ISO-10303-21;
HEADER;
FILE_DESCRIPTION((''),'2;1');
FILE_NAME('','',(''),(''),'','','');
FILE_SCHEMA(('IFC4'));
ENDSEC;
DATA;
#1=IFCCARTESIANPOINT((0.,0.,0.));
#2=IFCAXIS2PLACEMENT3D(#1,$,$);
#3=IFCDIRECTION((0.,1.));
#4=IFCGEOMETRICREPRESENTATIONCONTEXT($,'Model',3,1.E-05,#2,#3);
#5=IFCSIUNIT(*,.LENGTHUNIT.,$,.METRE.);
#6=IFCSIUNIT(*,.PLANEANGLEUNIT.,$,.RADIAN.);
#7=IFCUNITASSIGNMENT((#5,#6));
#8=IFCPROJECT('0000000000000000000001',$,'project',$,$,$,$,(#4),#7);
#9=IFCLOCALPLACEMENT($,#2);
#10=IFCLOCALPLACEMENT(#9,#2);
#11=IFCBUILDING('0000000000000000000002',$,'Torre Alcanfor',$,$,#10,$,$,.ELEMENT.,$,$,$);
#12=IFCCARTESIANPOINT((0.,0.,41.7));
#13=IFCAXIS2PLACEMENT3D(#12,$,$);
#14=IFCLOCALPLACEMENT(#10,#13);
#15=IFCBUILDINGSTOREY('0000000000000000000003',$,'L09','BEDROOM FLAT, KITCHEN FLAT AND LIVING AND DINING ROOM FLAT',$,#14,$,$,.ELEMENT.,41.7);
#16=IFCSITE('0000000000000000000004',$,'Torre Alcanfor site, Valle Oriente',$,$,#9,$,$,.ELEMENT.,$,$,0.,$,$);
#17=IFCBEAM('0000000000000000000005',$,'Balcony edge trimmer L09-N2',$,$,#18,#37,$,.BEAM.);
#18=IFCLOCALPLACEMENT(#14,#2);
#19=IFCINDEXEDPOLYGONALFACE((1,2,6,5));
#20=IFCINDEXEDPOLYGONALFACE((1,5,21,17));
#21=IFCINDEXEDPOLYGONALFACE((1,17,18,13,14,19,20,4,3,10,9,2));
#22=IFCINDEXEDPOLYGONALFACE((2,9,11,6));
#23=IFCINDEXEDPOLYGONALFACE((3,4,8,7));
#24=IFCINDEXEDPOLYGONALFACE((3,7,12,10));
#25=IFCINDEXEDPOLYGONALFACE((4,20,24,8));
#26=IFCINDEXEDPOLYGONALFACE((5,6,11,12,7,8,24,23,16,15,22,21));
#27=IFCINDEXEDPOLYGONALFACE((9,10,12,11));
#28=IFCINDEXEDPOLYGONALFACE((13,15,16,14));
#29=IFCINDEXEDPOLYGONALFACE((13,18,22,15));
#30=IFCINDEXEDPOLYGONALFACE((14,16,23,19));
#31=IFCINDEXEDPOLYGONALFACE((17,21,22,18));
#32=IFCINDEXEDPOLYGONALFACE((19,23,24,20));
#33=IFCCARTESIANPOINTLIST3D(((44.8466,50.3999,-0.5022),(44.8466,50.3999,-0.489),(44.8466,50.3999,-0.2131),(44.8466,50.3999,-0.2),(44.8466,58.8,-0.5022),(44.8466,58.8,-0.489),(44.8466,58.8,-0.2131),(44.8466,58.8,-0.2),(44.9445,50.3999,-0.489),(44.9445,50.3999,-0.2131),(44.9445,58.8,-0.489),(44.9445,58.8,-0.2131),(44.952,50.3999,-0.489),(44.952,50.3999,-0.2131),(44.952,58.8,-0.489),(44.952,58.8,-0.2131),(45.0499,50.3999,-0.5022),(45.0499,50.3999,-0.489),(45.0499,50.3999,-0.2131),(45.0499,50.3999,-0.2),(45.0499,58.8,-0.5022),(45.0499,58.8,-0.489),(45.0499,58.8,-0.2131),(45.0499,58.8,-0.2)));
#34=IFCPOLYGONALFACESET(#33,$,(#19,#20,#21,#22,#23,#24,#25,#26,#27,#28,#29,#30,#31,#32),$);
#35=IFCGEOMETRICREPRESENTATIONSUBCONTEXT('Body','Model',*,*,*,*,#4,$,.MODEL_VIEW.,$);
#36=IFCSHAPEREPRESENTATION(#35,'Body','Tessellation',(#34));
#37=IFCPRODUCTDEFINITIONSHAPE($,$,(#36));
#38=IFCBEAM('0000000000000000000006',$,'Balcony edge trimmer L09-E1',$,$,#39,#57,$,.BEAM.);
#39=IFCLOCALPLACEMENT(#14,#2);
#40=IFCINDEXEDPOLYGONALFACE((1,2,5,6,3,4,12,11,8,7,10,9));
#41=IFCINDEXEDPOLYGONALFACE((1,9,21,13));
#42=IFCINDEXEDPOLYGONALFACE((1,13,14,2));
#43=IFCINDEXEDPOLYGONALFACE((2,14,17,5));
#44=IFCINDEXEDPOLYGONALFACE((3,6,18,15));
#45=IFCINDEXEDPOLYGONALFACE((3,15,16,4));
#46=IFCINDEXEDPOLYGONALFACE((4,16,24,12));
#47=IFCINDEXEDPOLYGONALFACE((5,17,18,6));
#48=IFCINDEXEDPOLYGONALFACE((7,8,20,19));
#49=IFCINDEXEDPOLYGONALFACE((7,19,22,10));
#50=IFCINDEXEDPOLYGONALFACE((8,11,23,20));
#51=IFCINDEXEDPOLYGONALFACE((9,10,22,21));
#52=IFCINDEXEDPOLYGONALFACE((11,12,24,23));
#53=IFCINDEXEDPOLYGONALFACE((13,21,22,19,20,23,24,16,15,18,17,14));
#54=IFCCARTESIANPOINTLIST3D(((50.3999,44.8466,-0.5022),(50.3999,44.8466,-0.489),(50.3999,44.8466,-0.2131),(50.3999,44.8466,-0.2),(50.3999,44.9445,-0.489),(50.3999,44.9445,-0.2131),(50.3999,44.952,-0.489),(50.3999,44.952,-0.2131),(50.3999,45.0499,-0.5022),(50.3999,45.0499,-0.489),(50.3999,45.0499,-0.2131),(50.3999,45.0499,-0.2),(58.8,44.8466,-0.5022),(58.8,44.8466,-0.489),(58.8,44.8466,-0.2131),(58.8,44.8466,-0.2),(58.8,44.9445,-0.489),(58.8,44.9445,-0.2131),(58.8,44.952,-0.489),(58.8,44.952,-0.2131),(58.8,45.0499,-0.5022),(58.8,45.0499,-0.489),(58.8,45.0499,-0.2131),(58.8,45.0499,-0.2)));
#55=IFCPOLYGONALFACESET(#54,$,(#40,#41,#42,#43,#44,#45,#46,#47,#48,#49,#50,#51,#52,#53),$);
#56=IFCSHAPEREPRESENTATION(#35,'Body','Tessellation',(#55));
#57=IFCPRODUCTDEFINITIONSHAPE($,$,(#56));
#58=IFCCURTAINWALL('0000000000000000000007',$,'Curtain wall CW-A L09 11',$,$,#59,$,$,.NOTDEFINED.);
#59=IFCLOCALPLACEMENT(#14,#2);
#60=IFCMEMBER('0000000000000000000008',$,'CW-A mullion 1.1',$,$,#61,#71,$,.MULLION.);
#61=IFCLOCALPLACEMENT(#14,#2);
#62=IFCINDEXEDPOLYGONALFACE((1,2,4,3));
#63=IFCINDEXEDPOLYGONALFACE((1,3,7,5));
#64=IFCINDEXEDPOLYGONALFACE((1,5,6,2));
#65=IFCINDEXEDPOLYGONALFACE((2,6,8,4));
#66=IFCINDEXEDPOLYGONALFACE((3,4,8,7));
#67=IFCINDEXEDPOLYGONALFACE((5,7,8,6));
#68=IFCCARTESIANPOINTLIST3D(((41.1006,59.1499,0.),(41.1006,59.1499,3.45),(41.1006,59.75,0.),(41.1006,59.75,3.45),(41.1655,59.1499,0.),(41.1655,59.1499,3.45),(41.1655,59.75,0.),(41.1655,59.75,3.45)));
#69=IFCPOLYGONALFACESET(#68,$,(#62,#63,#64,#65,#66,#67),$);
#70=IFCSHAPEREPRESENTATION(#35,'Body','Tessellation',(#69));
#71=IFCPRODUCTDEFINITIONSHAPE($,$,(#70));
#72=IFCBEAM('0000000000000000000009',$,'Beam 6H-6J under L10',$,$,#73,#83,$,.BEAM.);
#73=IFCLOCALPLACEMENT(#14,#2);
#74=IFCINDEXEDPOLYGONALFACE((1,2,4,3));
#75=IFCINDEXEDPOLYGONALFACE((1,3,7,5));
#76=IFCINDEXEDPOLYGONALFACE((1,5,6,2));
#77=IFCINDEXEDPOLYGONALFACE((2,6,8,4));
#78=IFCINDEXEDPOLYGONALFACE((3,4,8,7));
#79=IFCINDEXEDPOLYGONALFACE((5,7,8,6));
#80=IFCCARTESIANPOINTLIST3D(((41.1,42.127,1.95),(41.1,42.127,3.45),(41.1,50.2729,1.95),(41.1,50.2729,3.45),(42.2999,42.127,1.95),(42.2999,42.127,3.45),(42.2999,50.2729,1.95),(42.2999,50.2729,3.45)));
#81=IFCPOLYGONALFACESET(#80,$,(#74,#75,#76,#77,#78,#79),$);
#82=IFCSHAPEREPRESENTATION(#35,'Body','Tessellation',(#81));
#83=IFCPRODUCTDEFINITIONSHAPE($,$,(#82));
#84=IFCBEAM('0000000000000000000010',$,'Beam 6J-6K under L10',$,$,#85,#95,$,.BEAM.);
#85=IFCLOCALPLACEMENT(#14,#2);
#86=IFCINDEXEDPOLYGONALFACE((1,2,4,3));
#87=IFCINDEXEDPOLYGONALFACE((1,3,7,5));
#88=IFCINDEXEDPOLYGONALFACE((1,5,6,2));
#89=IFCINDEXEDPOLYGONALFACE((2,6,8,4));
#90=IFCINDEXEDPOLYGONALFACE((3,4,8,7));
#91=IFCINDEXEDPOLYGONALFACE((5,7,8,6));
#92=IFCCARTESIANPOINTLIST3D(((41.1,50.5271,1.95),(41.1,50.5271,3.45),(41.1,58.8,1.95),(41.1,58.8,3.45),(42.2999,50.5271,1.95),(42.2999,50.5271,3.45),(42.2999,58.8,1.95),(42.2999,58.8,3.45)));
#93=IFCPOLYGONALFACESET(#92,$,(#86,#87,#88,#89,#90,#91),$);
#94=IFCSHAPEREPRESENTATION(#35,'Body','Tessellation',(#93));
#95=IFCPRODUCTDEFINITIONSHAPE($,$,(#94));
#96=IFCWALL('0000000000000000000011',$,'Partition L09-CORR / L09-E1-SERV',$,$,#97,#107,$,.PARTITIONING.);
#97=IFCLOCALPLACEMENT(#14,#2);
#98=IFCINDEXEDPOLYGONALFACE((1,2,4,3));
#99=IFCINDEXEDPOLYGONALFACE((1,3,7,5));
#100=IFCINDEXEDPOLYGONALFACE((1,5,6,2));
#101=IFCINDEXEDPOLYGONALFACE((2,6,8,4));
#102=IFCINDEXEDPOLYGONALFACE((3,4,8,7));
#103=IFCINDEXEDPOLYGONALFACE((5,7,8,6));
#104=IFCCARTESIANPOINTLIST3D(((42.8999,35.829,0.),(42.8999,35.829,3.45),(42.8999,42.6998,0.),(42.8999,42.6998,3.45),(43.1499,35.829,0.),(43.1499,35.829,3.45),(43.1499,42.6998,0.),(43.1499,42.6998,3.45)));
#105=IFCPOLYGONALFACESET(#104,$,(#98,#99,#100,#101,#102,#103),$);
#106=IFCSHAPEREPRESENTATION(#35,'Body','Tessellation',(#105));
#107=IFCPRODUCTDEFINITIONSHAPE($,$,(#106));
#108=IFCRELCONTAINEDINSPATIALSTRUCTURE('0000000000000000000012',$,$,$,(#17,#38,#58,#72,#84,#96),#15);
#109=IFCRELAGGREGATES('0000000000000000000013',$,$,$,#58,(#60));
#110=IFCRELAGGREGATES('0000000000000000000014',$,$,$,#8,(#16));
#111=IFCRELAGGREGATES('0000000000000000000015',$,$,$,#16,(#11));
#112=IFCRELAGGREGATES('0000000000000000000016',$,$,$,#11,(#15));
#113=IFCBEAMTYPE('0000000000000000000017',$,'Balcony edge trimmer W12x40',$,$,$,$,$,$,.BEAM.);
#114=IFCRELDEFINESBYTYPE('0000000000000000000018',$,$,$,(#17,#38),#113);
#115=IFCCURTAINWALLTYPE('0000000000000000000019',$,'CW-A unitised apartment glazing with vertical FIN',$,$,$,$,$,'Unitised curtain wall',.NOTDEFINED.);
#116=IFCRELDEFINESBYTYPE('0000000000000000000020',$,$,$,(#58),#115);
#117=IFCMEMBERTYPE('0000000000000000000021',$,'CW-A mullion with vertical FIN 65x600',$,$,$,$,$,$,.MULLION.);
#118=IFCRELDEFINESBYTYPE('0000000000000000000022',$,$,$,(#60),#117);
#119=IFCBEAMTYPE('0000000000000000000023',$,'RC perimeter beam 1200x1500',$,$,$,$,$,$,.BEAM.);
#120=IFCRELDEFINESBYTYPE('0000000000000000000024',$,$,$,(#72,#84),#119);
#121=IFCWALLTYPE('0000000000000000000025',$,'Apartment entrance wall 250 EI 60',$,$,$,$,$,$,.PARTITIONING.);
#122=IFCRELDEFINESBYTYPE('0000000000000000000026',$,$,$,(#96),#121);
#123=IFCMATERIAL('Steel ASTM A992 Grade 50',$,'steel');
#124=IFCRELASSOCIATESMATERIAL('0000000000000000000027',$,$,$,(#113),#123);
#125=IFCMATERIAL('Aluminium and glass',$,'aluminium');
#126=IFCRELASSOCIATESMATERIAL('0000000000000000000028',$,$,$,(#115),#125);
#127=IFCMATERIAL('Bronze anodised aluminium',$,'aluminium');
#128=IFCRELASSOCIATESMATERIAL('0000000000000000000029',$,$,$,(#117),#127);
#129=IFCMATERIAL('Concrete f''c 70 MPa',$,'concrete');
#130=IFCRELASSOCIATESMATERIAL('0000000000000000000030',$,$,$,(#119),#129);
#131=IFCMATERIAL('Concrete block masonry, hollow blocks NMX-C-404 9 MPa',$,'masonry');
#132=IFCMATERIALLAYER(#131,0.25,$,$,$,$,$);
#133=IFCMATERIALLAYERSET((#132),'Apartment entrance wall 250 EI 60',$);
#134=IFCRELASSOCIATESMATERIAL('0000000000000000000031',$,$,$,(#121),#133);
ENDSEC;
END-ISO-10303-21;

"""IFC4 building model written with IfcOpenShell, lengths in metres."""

from ifc_helpers import new_model, si_unit, direction, frame, frame_2d, origin, origin_2d, place, context, subcontext, project, spatial, rectangle, i_section, extrude, material, layer, layer_set, material_profile, profile_set, type_object, element, aggregate, save


model = new_model("IFC4")

# Units and contexts
model_context = context("Model", 3, precision=1e-05, world=origin(), true_north=direction((0.0, 1.0)))
body_context = subcontext(model_context, "Body", "Model", "MODEL_VIEW")
ifc_project = project(units=[si_unit("LENGTHUNIT", "METRE"), si_unit("PLANEANGLEUNIT", "RADIAN")], contexts=[model_context])

# Site, building, storey
site_placement = place(None, origin())
site = spatial("IfcSite", under=ifc_project, at=site_placement, Name="Torre Alcanfor site, Valle Oriente", CompositionType="ELEMENT", RefElevation=0.0)
building_placement = place(site_placement, origin())
building = spatial("IfcBuilding", under=site, at=building_placement, Name="Torre Alcanfor", CompositionType="ELEMENT")
storey_placement = place(building_placement, frame((0.0, 0.0, 41.7)))
storey = spatial("IfcBuildingStorey", under=building, at=storey_placement, Name="L09", Description="BEDROOM FLAT, KITCHEN FLAT AND LIVING AND DINING ROOM FLAT", CompositionType="ELEMENT", Elevation=41.7)

# Beams
ifc_material_1 = material(Name="Steel ASTM A992 Grade 50", Category="steel")
ifc_material_profile_1 = material_profile(ifc_material_1, i_section(OverallWidth=0.2034, OverallDepth=0.3022, WebThickness=0.0076, FlangeThickness=0.0132, at=origin_2d()), Name="W12x40")
ifc_profile_set_1 = profile_set([ifc_material_profile_1], Name="Steel ASTM A992 Grade 50")
beam_type_1 = type_object("IfcBeamType", Name="Balcony edge trimmer W12x40", PredefinedType="BEAM", material=ifc_profile_set_1)
for number, where, z_axis, x_axis, name in (
    (1, (44.9482, 50.3999, -0.3511), (0.0, 1.0, 0.0), (-1.0, 0.0, 0.0), "Balcony edge trimmer L09-N2"),
    (2, (50.3999, 44.9482, -0.3511), (1.0, 0.0, 0.0), (0.0, 1.0, 0.0), "Balcony edge trimmer L09-E1"),
):
    element("IfcBeam", number, at=place(storey_placement, frame(where, z_axis=z_axis, x_axis=x_axis)), inside=storey, type_object=beam_type_1, Name=name, PredefinedType="BEAM", context=body_context, shape_type="SweptSolid", body=[
        extrude(i_section(OverallWidth=0.2034, OverallDepth=0.3022, WebThickness=0.0076, FlangeThickness=0.0132, at=origin_2d()), origin(), (0.0, 0.0, 1.0), 8.4001),
    ])

# Curtain wall, member
ifc_material_2 = material(Name="Aluminium and glass", Category="aluminium")
curtain_wall_type = type_object("IfcCurtainWallType", Name="CW-A unitised apartment glazing with vertical FIN", ElementType="Unitised curtain wall", PredefinedType="NOTDEFINED", material=ifc_material_2)
curtain_wall_placement = place(storey_placement, origin())
curtain_wall = element("IfcCurtainWall", 3, at=curtain_wall_placement, inside=storey, type_object=curtain_wall_type, Name="Curtain wall CW-A L09 11", PredefinedType="NOTDEFINED")
ifc_material_3 = material(Name="Bronze anodised aluminium", Category="aluminium")
ifc_material_profile_2 = material_profile(ifc_material_3, rectangle(XDim=0.6001, YDim=0.0649, at=origin_2d()), Name="CW-A mullion 65x600")
ifc_profile_set_2 = profile_set([ifc_material_profile_2], Name="Bronze anodised aluminium")
member_type = type_object("IfcMemberType", Name="CW-A mullion with vertical FIN 65x600", PredefinedType="MULLION", material=ifc_profile_set_2)
member_placement = place(storey_placement, frame((41.1331, 59.45, 0.0), z_axis=(0.0, 0.0, 1.0), x_axis=(0.0, -1.0, 0.0)))
member = element("IfcMember", 4, at=member_placement, type_object=member_type, Name="CW-A mullion 1.1", PredefinedType="MULLION", context=body_context, shape_type="SweptSolid", body=[
    extrude(rectangle(XDim=0.6001, YDim=0.0649, at=origin_2d()), origin(), (0.0, 0.0, 1.0), 3.45),
])
aggregate(curtain_wall, [member])

# Beams
ifc_material_4 = material(Name="Concrete f'c 70 MPa", Category="concrete")
ifc_material_profile_3 = material_profile(ifc_material_4, rectangle(XDim=1.2, YDim=1.5, at=origin_2d()), Name="1200x1500")
ifc_profile_set_3 = profile_set([ifc_material_profile_3], Name="Concrete f'c 70 MPa")
beam_type_2 = type_object("IfcBeamType", Name="RC perimeter beam 1200x1500", PredefinedType="BEAM", material=ifc_profile_set_3)
beam_1_placement = place(storey_placement, frame((41.7, 42.127, 2.7), z_axis=(0.0, 1.0, 0.0), x_axis=(-1.0, 0.0, 0.0)))
element("IfcBeam", 5, at=beam_1_placement, inside=storey, type_object=beam_type_2, Name="Beam 6H-6J under L10", PredefinedType="BEAM", context=body_context, shape_type="SweptSolid", body=[
    extrude(rectangle(XDim=1.2, YDim=1.5, at=origin_2d()), origin(), (0.0, 0.0, 1.0), 8.146),
])
beam_2_placement = place(storey_placement, frame((41.7, 50.5271, 2.7), z_axis=(0.0, 1.0, 0.0), x_axis=(-1.0, 0.0, 0.0)))
element("IfcBeam", 6, at=beam_2_placement, inside=storey, type_object=beam_type_2, Name="Beam 6J-6K under L10", PredefinedType="BEAM", context=body_context, shape_type="SweptSolid", body=[
    extrude(rectangle(XDim=1.2, YDim=1.5, at=origin_2d()), origin(), (0.0, 0.0, 1.0), 8.2729),
])

# Wall
ifc_material_5 = material(Name="Concrete block masonry, hollow blocks NMX-C-404 9 MPa", Category="masonry")
ifc_layer_1 = layer(ifc_material_5, 0.25)
ifc_layer_set_1 = layer_set([ifc_layer_1], Name="Apartment entrance wall 250 EI 60")
wall_type_1 = type_object("IfcWallType", Name="Apartment entrance wall 250 EI 60", PredefinedType="PARTITIONING", material=ifc_layer_set_1)
wall_1_placement = place(storey_placement, frame((43.0249, 42.7, 0.0), z_axis=(0.0, 0.0, 1.0), x_axis=(0.0, -1.0, 0.0)))
element("IfcWall", 7, at=wall_1_placement, inside=storey, type_object=wall_type_1, Name="Partition L09-CORR / L09-E1-SERV", PredefinedType="PARTITIONING", context=body_context, shape_type="SweptSolid", body=[
    extrude(rectangle(XDim=6.8708, YDim=0.25, at=frame_2d((3.4355, 0.0))), origin(), (0.0, 0.0, 1.0), 3.45),
])

save(model, "model.ifc")
